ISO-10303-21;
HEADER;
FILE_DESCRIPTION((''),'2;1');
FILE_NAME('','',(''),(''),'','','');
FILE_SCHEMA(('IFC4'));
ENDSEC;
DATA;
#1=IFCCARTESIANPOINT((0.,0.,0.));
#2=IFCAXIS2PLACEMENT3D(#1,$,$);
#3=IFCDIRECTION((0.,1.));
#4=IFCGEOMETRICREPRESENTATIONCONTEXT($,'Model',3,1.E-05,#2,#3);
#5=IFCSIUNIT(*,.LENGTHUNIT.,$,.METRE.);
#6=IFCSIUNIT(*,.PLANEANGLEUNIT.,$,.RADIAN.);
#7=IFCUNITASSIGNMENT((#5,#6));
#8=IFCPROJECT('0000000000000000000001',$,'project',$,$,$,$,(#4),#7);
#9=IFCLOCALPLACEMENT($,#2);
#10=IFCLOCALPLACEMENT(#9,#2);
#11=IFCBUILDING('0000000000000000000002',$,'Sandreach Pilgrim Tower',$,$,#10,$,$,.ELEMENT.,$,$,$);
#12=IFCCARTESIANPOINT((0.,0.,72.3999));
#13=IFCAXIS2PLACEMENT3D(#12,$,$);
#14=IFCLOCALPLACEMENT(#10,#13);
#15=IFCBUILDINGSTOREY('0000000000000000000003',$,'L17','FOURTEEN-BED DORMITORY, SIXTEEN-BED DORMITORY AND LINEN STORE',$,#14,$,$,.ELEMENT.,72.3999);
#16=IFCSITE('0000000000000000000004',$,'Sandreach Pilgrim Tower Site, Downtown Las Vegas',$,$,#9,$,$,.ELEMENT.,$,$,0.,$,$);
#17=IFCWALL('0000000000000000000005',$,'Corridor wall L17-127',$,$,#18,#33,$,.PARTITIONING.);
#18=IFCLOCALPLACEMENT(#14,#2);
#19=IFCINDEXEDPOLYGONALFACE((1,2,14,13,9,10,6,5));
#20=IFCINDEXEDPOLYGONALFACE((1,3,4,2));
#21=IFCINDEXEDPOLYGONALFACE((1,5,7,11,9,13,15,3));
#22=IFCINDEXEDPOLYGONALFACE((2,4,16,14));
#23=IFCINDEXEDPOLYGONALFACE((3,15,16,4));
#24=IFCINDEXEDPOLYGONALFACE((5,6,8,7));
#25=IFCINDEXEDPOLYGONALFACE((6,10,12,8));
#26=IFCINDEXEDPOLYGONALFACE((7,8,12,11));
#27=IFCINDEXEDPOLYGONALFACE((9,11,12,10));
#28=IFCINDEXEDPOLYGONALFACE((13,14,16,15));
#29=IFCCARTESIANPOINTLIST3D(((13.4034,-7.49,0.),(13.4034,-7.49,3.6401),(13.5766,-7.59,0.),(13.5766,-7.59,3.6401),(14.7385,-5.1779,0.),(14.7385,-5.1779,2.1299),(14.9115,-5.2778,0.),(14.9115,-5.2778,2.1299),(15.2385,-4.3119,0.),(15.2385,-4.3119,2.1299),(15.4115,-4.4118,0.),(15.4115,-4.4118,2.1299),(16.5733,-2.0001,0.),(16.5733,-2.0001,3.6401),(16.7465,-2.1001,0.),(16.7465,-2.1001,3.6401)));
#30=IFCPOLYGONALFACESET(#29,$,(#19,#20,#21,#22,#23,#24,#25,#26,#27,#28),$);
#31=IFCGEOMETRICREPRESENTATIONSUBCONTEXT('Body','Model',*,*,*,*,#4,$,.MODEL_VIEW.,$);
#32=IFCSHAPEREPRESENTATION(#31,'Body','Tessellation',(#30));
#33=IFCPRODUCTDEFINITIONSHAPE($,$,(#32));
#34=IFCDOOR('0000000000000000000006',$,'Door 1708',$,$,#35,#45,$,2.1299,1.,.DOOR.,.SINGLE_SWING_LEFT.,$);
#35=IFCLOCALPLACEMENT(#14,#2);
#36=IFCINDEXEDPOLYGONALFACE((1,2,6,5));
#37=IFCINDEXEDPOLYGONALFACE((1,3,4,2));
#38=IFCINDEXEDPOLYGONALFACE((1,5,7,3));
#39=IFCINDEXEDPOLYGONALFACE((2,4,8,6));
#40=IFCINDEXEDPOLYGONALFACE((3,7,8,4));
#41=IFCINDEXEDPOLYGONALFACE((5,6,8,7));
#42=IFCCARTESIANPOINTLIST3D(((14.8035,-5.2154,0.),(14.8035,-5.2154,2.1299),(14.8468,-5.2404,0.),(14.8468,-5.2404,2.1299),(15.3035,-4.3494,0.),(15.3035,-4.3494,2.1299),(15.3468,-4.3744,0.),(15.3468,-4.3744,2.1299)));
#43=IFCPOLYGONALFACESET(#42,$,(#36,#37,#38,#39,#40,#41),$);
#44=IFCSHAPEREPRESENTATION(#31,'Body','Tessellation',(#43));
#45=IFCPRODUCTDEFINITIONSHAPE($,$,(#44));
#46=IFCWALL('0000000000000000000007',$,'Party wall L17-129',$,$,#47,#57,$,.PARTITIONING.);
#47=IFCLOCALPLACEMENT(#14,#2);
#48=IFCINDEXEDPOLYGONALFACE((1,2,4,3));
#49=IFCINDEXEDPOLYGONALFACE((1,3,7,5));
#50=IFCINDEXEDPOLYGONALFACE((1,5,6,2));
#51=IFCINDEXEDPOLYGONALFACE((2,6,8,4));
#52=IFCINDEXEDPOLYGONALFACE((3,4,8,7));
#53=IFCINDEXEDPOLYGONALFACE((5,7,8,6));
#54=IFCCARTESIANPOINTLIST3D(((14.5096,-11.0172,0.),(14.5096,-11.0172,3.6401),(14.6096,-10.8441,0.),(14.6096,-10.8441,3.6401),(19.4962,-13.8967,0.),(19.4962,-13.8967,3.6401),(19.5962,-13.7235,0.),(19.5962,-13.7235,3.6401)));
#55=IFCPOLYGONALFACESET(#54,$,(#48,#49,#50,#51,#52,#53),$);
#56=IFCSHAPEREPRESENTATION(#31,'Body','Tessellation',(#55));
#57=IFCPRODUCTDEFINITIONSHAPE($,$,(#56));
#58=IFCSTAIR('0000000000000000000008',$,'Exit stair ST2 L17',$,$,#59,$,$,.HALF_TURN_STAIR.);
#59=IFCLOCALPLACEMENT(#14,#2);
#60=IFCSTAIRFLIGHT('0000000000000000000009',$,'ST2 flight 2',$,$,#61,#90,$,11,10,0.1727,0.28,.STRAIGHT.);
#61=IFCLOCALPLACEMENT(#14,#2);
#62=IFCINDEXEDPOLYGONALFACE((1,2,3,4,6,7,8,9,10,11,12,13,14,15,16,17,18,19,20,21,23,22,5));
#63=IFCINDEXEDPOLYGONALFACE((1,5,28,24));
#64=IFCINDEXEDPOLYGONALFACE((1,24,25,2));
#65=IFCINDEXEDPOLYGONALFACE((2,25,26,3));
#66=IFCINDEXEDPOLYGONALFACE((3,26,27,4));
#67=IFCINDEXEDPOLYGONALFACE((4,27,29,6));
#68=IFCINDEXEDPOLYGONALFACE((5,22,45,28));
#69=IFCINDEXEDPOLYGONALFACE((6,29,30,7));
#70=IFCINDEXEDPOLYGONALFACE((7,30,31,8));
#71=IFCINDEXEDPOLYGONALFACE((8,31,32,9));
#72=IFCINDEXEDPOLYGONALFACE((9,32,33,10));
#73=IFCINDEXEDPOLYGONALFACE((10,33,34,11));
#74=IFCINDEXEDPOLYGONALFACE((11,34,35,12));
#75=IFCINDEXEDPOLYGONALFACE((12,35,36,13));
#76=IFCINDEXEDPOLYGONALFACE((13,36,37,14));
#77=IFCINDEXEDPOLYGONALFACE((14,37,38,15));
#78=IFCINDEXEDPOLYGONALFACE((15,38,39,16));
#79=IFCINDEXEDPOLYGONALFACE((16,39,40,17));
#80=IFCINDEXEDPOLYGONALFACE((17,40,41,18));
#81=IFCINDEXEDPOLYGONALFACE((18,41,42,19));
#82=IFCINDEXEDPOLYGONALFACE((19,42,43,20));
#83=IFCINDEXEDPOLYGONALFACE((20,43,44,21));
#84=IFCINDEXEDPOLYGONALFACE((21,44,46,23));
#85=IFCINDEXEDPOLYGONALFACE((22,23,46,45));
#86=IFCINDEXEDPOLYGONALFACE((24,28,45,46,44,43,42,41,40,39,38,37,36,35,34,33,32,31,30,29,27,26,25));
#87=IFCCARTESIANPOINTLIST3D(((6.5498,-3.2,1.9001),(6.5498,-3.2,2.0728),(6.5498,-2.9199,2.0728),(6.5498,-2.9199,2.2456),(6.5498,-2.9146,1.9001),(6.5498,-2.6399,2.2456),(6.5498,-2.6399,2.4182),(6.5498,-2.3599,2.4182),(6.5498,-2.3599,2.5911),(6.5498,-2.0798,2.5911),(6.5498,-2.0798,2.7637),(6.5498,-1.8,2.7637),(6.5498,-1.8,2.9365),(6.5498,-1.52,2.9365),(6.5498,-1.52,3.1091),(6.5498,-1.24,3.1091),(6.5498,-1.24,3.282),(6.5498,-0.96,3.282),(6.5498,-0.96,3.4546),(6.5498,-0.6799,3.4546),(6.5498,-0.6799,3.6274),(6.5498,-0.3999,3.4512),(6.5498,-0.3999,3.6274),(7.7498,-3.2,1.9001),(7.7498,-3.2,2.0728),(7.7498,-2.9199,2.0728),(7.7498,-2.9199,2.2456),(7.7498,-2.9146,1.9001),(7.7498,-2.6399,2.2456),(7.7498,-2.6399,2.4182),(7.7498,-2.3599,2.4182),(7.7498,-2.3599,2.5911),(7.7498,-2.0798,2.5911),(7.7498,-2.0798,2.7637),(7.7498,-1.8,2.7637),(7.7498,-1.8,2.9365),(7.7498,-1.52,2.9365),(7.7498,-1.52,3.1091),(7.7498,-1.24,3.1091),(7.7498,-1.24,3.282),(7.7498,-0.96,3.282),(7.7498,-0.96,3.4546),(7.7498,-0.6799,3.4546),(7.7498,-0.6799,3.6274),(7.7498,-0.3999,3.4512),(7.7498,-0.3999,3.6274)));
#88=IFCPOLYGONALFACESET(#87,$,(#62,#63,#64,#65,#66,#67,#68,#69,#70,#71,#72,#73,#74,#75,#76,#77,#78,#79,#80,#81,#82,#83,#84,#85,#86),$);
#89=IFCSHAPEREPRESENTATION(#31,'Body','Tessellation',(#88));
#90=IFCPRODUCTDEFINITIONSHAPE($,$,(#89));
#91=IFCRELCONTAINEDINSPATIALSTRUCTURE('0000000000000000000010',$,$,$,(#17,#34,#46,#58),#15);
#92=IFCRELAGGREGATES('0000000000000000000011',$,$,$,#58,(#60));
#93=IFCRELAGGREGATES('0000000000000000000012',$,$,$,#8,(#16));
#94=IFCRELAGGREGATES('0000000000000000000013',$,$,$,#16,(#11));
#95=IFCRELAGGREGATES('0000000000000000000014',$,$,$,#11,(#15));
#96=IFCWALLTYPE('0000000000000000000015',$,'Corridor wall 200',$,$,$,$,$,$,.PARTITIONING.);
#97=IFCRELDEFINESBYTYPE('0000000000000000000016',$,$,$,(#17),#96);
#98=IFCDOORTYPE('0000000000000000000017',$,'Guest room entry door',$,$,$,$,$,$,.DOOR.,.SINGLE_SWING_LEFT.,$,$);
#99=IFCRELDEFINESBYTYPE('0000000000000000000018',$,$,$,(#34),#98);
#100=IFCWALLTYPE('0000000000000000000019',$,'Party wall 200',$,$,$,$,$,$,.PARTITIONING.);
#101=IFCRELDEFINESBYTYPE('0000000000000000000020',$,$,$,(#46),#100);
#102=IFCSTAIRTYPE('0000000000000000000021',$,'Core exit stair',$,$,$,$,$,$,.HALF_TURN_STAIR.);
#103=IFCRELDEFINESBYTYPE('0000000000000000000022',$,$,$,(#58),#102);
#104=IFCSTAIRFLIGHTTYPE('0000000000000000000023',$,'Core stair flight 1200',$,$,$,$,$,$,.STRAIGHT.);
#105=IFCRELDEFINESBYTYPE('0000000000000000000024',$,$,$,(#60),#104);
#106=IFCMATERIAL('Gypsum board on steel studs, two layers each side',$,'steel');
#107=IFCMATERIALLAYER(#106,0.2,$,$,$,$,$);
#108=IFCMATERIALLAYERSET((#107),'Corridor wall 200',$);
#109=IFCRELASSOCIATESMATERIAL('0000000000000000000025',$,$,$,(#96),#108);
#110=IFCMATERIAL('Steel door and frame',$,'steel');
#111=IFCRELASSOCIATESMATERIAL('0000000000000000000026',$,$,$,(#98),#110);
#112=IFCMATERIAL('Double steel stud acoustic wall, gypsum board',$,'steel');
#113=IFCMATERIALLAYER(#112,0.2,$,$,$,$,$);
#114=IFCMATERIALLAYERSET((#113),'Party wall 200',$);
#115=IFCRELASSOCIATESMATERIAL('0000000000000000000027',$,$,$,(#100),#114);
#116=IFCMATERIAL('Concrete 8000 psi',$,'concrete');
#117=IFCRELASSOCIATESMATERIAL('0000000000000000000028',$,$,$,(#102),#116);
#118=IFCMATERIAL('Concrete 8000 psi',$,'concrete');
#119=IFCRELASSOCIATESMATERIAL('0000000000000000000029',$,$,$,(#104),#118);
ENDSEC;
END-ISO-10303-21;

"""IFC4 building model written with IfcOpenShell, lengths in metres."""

from ifc_helpers import new_model, si_unit, direction, frame, frame_2d, origin, place, context, subcontext, project, spatial, polyline, rectangle, outline, extrude, material, layer, layer_set, type_object, element, fill, aggregate, save


model = new_model("IFC4")

# Units and contexts
model_context = context("Model", 3, precision=1e-05, world=origin(), true_north=direction((0.0, 1.0)))
body_context = subcontext(model_context, "Body", "Model", "MODEL_VIEW")
ifc_project = project(units=[si_unit("LENGTHUNIT", "METRE"), si_unit("PLANEANGLEUNIT", "RADIAN")], contexts=[model_context])

# Site, building, storey
site_placement = place(None, origin())
site = spatial("IfcSite", under=ifc_project, at=site_placement, Name="Sandreach Pilgrim Tower Site, Downtown Las Vegas", CompositionType="ELEMENT", RefElevation=0.0)
building_placement = place(site_placement, origin())
building = spatial("IfcBuilding", under=site, at=building_placement, Name="Sandreach Pilgrim Tower", CompositionType="ELEMENT")
storey_placement = place(building_placement, frame((0.0, 0.0, 72.3999)))
storey = spatial("IfcBuildingStorey", under=building, at=storey_placement, Name="L17", Description="FOURTEEN-BED DORMITORY, SIXTEEN-BED DORMITORY AND LINEN STORE", CompositionType="ELEMENT", Elevation=72.3999)

# Wall, opening, door
ifc_material_1 = material(Name="Gypsum board on steel studs, two layers each side", Category="steel")
ifc_layer_1 = layer(ifc_material_1, 0.2)
ifc_layer_set_1 = layer_set([ifc_layer_1], Name="Corridor wall 200")
wall_type_1 = type_object("IfcWallType", Name="Corridor wall 200", PredefinedType="PARTITIONING", material=ifc_layer_set_1)
ifc_material_2 = material(Name="Steel door and frame", Category="steel")
door_type_1 = type_object("IfcDoorType", Name="Guest room entry door", OperationType="SINGLE_SWING_LEFT", PredefinedType="DOOR", material=ifc_material_2)
wall_1_placement = place(storey_placement, frame((13.49, -7.54, 0.0), z_axis=(0.0, 0.0, 1.0), x_axis=(0.500032, 0.866007, 0.0)))
wall_1 = element("IfcWall", 1, at=wall_1_placement, inside=storey, type_object=wall_type_1, Name="Corridor wall L17-127", PredefinedType="PARTITIONING", context=body_context, shape_type="SweptSolid", body=[
    extrude(rectangle(XDim=6.3394, YDim=0.2, at=frame_2d((3.1697, 0.0))), origin(), (0.0, 0.0, 1.0), 3.6401),
])
opening_1_placement = place(wall_1_placement, frame((2.6699, 0.0, 0.0)))
opening_1 = element("IfcOpeningElement", 2, at=opening_1_placement, cuts=wall_1, PredefinedType="OPENING", context=body_context, shape_type="SweptSolid", body=[
    extrude(rectangle(XDim=1.0, YDim=2.1299, at=frame_2d((0.5, 1.0649))), frame((0.0, 0.1001, 0.0), z_axis=(0.0, -1.0, 0.0), x_axis=(1.0, 0.0, 0.0)), (0.0, 0.0, 1.0), 0.2),
])
door_1_placement = place(opening_1_placement, origin())
door_1 = element("IfcDoor", 3, at=door_1_placement, inside=storey, type_object=door_type_1, Name="Door 1708", OperationType="SINGLE_SWING_LEFT", OverallHeight=2.1299, OverallWidth=1.0, PredefinedType="DOOR", context=body_context, shape_type="SweptSolid", body=[
    extrude(rectangle(XDim=1.0, YDim=2.1299, at=frame_2d((0.5, 1.0649))), frame((0.0, 0.0249, 0.0), z_axis=(0.0, -1.0, 0.0), x_axis=(1.0, 0.0, 0.0)), (0.0, 0.0, 1.0), 0.05),
])
fill(opening_1, door_1)

# Wall
ifc_material_3 = material(Name="Double steel stud acoustic wall, gypsum board", Category="steel")
ifc_layer_2 = layer(ifc_material_3, 0.2)
ifc_layer_set_2 = layer_set([ifc_layer_2], Name="Party wall 200")
wall_type_2 = type_object("IfcWallType", Name="Party wall 200", PredefinedType="PARTITIONING", material=ifc_layer_set_2)
wall_2_placement = place(storey_placement, frame((14.5596, -10.9307, 0.0), z_axis=(0.0, 0.0, 1.0), x_axis=(0.865996, -0.500052, 0.0)))
element("IfcWall", 4, at=wall_2_placement, inside=storey, type_object=wall_type_2, Name="Party wall L17-129", PredefinedType="PARTITIONING", context=body_context, shape_type="SweptSolid", body=[
    extrude(rectangle(XDim=5.7583, YDim=0.2, at=frame_2d((2.8792, 0.0))), origin(), (0.0, 0.0, 1.0), 3.6401),
])

# Stair, stair flight
ifc_material_4 = material(Name="Concrete 8000 psi", Category="concrete")
stair_type = type_object("IfcStairType", Name="Core exit stair", PredefinedType="HALF_TURN_STAIR", material=ifc_material_4)
stair_placement = place(storey_placement, origin())
stair = element("IfcStair", 5, at=stair_placement, inside=storey, type_object=stair_type, Name="Exit stair ST2 L17", PredefinedType="HALF_TURN_STAIR")
ifc_material_5 = material(Name="Concrete 8000 psi", Category="concrete")
stair_flight_type = type_object("IfcStairFlightType", Name="Core stair flight 1200", PredefinedType="STRAIGHT", material=ifc_material_5)
stair_flight_placement = place(storey_placement, frame((7.1499, -3.2, 1.9001), z_axis=(0.0, 0.0, 1.0), x_axis=(0.0, 1.0, 0.0)))
stair_flight = element("IfcStairFlight", 6, at=stair_flight_placement, type_object=stair_flight_type, Name="ST2 flight 2", NumberOfRisers=11, NumberOfTreads=10, PredefinedType="STRAIGHT", RiserHeight=0.1727, TreadLength=0.28, context=body_context, shape_type="SweptSolid", body=[
    extrude(outline(polyline([(0.0, 0.0), (0.0, 0.1726), (0.28, 0.1726), (0.28, 0.3455), (0.5601, 0.3455), (0.5601, 0.5181), (0.8401, 0.5181), (0.8401, 0.6909), (1.1201, 0.6909), (1.1201, 0.8635), (1.3999, 0.8635), (1.3999, 1.0364), (1.6799, 1.0364), (1.6799, 1.209), (1.96, 1.209), (1.96, 1.3818), (2.24, 1.3818), (2.24, 1.5544), (2.52, 1.5544), (2.52, 1.7273), (2.8, 1.7273), (2.8, 1.8999), (2.8, 1.551), (0.2854, 0.0), (0.0, 0.0)])), frame((0.0, 0.6001, 0.0), z_axis=(0.0, -1.0, 0.0), x_axis=(1.0, 0.0, 0.0)), (0.0, 0.0, 1.0), 1.2),
])
aggregate(stair, [stair_flight])

save(model, "model.ifc")
